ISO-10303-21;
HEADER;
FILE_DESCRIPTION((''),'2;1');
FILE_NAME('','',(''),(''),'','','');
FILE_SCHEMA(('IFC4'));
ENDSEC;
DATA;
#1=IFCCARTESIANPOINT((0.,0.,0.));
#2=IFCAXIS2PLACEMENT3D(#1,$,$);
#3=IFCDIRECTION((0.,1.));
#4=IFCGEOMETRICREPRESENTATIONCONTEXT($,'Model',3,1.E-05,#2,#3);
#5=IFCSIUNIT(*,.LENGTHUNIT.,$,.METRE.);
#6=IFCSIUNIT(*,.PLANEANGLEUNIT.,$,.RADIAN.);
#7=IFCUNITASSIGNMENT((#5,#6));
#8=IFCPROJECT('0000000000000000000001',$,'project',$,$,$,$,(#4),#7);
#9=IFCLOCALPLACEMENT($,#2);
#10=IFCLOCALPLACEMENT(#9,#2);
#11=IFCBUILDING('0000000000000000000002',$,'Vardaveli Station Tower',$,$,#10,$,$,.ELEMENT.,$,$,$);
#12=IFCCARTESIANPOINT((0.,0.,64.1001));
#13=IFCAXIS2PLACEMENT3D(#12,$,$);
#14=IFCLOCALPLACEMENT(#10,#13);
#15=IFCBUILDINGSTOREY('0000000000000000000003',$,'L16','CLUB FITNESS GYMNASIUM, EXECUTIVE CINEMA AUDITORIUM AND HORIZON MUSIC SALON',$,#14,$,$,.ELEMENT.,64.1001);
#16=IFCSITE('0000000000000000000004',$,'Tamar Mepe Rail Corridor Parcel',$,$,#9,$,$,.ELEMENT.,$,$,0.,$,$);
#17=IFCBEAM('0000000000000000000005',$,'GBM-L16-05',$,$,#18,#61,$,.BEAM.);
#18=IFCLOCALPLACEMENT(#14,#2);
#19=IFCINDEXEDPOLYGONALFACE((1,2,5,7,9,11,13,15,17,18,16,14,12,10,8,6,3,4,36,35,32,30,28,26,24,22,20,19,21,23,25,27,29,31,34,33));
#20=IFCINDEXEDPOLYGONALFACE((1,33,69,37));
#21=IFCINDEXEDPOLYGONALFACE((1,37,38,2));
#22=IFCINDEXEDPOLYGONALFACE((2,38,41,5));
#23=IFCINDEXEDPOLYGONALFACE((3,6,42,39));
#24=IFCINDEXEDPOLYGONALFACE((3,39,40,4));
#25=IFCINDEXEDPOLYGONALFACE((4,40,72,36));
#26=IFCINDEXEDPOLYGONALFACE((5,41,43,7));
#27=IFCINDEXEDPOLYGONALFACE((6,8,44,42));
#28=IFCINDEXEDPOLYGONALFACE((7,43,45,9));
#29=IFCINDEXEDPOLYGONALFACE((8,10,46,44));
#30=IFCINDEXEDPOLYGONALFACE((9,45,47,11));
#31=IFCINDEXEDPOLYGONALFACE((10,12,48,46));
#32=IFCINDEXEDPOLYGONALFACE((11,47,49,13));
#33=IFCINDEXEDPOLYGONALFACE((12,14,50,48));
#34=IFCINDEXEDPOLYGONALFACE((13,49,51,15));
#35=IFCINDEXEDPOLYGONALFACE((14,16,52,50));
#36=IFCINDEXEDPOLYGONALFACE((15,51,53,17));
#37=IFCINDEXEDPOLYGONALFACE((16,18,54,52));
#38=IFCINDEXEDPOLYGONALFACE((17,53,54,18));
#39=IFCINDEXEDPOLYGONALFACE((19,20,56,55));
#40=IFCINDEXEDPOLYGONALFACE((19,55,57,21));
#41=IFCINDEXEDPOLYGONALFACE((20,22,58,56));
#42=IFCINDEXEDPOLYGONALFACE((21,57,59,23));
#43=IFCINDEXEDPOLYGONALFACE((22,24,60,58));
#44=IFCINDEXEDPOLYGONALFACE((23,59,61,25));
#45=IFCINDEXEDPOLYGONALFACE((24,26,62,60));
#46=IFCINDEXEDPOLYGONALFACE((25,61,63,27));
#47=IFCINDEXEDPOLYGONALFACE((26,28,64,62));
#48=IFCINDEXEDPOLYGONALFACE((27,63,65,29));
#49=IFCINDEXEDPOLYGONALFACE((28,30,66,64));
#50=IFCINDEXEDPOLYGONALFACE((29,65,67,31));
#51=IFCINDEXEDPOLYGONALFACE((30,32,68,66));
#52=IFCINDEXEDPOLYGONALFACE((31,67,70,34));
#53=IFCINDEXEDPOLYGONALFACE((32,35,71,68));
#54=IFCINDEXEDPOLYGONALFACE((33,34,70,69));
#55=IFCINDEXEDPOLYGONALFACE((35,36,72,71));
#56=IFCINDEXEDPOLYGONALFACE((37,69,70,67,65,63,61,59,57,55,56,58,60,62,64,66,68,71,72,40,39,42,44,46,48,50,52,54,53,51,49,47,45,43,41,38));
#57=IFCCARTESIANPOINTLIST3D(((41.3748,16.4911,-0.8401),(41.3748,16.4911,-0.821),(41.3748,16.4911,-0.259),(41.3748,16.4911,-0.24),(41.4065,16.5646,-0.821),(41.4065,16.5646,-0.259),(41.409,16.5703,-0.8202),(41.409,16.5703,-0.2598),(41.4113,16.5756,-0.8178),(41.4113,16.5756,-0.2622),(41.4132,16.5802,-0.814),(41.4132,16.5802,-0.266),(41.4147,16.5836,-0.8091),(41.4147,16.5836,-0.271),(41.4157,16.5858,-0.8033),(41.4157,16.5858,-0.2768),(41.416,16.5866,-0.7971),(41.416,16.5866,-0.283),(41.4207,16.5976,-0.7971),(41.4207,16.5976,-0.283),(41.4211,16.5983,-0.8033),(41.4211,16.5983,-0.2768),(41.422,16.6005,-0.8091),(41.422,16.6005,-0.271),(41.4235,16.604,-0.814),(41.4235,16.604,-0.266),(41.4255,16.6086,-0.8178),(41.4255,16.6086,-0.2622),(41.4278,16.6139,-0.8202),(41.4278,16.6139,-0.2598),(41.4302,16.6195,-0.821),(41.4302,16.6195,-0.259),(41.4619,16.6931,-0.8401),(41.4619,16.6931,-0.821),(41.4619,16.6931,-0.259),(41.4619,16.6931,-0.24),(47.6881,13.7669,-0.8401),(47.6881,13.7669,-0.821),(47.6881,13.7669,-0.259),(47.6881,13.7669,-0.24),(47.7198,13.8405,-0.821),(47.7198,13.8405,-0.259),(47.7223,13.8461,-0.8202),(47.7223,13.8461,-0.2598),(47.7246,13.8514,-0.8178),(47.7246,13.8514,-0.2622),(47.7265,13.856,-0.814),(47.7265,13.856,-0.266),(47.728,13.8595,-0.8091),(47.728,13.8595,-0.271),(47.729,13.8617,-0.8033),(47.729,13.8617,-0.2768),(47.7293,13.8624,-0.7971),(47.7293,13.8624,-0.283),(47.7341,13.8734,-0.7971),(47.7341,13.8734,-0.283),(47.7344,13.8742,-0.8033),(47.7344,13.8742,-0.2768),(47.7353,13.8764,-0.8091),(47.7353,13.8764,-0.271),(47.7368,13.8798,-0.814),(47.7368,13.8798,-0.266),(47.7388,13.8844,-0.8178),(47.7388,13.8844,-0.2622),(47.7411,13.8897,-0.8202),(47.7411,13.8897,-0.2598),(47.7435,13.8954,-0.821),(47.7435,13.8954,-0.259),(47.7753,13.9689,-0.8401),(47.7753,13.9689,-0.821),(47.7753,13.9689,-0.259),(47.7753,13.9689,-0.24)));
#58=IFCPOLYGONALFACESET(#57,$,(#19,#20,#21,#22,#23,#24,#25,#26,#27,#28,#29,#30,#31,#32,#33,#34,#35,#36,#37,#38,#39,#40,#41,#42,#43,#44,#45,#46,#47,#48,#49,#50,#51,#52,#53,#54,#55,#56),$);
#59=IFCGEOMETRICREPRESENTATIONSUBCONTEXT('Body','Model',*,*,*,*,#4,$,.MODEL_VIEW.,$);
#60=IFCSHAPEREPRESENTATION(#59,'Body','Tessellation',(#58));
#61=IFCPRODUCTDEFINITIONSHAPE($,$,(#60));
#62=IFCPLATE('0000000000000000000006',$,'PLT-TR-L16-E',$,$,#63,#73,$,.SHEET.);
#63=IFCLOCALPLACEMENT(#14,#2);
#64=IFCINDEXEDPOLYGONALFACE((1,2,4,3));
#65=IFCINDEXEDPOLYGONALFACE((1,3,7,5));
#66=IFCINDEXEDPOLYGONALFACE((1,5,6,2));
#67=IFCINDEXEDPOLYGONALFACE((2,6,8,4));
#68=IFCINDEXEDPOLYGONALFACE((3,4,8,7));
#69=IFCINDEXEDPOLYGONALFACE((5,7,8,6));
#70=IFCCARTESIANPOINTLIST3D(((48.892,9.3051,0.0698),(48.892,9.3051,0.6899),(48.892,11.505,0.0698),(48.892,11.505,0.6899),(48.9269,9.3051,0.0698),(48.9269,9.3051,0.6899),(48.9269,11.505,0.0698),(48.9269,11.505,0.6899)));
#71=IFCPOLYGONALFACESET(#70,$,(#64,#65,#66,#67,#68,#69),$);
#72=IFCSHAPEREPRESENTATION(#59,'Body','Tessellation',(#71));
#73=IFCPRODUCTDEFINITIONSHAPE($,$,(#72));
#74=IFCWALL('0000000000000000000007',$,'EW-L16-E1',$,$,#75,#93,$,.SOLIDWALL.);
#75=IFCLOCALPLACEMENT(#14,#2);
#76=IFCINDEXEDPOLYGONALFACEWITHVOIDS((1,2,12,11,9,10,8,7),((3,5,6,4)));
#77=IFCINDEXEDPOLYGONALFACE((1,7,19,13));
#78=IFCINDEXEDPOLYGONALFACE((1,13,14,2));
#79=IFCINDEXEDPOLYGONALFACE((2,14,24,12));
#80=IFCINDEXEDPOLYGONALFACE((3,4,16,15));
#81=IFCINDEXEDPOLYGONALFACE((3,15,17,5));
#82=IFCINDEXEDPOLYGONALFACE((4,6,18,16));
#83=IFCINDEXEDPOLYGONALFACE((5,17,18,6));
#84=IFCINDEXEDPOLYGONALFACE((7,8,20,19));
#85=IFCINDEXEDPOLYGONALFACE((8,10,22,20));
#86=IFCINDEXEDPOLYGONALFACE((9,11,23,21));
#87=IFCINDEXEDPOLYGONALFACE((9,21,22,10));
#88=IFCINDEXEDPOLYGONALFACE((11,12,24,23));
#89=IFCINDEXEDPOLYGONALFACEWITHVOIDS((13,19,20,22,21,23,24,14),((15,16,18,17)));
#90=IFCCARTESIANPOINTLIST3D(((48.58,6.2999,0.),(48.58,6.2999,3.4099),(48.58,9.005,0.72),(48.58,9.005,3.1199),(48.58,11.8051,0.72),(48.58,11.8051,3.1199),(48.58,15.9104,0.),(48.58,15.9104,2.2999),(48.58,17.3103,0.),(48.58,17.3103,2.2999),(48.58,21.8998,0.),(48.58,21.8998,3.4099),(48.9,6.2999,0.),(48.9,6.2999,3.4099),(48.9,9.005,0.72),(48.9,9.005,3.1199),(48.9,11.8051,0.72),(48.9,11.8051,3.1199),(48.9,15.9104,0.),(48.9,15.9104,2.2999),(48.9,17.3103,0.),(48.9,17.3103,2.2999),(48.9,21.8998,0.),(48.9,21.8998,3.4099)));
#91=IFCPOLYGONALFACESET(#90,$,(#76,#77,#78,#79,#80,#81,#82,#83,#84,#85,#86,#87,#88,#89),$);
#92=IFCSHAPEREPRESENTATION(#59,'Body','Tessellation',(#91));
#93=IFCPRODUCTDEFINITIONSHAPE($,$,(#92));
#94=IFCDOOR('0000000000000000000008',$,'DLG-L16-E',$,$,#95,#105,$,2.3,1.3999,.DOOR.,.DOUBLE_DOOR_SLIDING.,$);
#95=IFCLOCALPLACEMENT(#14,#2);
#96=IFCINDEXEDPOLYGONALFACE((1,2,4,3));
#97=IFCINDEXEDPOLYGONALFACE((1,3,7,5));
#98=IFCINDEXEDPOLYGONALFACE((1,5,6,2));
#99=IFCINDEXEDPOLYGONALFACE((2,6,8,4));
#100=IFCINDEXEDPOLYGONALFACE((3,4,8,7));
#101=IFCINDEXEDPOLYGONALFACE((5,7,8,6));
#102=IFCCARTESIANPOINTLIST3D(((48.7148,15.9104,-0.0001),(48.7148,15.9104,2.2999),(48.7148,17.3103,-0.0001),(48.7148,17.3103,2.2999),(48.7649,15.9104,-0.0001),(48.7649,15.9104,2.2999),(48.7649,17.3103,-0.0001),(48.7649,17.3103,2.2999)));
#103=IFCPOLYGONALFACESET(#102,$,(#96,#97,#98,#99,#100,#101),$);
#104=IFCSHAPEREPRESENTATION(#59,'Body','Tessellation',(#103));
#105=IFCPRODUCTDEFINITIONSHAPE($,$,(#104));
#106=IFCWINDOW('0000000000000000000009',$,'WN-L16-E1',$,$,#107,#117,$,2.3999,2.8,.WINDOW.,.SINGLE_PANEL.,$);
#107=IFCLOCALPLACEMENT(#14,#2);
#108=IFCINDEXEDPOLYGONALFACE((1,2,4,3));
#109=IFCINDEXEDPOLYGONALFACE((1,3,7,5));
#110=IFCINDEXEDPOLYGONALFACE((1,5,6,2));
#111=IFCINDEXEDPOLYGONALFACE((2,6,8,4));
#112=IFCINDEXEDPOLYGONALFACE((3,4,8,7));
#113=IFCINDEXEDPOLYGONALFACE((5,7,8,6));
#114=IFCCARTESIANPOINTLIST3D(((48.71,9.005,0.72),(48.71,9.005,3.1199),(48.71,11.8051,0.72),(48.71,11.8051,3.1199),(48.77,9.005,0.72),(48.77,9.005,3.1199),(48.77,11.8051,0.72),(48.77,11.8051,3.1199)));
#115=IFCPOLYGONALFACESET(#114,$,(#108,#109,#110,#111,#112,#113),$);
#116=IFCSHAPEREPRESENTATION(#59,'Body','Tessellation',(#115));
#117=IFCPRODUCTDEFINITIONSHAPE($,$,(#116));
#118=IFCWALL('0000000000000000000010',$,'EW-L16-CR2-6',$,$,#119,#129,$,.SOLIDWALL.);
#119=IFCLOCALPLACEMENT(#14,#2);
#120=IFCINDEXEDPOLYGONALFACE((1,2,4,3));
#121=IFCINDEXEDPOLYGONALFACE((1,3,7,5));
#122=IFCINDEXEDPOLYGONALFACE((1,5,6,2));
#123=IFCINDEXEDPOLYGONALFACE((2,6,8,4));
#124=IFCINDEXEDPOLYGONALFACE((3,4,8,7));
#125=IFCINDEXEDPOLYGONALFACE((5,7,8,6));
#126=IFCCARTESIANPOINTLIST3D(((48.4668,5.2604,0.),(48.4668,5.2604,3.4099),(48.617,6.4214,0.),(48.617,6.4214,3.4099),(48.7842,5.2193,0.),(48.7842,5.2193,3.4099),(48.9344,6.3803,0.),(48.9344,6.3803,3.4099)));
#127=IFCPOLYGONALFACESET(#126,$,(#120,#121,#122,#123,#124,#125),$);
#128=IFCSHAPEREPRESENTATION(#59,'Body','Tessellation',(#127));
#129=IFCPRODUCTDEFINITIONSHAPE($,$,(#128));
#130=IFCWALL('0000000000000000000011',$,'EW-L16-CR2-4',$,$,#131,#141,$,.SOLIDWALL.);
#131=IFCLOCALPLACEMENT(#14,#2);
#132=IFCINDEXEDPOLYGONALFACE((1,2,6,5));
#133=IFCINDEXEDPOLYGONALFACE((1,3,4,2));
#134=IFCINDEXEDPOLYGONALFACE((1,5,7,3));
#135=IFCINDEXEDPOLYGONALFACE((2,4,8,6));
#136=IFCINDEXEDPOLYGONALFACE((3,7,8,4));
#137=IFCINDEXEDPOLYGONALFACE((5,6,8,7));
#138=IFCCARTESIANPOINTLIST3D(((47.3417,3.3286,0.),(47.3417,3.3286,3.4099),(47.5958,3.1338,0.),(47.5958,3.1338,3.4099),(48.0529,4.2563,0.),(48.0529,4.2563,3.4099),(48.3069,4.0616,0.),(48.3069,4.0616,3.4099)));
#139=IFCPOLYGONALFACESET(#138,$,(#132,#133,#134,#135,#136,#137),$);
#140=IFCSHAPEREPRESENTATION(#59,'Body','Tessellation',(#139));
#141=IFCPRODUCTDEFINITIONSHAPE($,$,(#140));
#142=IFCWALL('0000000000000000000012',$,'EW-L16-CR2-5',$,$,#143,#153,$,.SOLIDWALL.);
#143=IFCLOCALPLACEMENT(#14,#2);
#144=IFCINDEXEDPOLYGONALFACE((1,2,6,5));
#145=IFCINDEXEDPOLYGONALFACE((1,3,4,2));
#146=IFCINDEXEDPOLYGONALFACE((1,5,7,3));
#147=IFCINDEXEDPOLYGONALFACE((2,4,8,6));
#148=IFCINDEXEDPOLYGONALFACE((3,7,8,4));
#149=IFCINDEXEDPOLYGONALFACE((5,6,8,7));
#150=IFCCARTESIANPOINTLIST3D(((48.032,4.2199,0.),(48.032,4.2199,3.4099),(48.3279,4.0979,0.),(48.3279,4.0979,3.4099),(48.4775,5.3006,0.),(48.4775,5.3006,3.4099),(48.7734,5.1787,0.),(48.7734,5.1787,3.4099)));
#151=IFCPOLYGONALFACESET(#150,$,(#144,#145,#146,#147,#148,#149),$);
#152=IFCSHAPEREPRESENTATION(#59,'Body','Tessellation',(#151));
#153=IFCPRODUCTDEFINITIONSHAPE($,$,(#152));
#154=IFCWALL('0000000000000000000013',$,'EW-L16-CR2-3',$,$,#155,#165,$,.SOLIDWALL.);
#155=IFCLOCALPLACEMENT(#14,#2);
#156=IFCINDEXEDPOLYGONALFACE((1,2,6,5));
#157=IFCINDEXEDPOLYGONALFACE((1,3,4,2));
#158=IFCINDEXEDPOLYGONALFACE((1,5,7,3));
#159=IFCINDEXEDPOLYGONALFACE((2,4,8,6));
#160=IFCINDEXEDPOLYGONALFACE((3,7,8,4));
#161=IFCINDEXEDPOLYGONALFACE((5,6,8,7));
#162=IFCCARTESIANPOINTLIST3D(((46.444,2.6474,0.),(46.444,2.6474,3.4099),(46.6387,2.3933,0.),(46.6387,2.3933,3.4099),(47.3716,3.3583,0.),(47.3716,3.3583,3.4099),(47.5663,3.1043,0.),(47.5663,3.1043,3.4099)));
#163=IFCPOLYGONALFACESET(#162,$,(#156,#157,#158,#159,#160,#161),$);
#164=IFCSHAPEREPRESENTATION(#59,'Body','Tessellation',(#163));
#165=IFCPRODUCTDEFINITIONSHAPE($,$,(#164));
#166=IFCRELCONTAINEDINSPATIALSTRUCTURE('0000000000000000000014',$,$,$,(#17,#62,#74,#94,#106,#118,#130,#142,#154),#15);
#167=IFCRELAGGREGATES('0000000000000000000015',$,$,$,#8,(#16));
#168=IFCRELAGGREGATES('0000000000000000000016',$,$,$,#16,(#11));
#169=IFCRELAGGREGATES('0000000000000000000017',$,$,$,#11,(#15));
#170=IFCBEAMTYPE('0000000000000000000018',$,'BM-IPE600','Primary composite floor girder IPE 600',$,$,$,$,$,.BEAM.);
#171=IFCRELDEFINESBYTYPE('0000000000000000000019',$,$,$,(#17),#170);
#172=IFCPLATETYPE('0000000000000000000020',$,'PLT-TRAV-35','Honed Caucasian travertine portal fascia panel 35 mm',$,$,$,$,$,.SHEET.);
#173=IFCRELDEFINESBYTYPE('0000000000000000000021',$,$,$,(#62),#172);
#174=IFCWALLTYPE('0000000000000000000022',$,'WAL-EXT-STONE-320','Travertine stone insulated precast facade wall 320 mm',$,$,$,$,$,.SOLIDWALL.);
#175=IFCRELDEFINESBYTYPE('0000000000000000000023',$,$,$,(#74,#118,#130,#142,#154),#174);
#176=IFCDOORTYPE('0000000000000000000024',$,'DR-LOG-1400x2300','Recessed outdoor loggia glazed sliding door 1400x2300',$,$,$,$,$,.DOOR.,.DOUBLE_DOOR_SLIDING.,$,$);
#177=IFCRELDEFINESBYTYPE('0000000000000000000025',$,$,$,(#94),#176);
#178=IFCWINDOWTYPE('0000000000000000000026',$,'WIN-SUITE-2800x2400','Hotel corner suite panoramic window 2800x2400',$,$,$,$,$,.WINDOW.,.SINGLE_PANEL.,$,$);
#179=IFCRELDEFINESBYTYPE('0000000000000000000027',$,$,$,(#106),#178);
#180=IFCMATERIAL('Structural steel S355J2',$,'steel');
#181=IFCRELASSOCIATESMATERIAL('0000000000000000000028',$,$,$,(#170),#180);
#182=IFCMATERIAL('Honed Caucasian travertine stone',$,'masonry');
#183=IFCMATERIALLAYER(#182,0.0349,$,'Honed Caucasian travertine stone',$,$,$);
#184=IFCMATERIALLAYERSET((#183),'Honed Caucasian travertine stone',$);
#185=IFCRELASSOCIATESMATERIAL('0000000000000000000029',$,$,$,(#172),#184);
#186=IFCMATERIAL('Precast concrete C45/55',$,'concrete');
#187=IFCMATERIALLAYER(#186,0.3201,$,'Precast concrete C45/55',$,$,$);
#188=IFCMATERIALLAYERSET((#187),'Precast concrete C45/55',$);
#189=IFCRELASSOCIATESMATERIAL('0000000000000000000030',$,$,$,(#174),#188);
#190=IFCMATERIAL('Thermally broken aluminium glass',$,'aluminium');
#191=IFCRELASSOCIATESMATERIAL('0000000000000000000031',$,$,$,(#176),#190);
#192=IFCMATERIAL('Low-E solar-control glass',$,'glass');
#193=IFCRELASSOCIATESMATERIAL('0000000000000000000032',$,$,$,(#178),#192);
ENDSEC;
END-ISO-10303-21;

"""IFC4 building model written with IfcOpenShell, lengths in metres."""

from ifc_helpers import new_model, si_unit, direction, frame, frame_2d, origin, origin_2d, place, context, subcontext, project, spatial, rectangle, i_section, extrude, source, transform, mapped, material, layer, layer_set, material_profile, profile_set, type_object, element, fill, save


model = new_model("IFC4")

# Units and contexts
model_context = context("Model", 3, precision=1e-05, world=origin(), true_north=direction((0.0, 1.0)))
body_context = subcontext(model_context, "Body", "Model", "MODEL_VIEW")
ifc_project = project(units=[si_unit("LENGTHUNIT", "METRE"), si_unit("PLANEANGLEUNIT", "RADIAN")], contexts=[model_context])

# Site, building, storey
site_placement = place(None, origin())
site = spatial("IfcSite", under=ifc_project, at=site_placement, Name="Tamar Mepe Rail Corridor Parcel", CompositionType="ELEMENT", RefElevation=0.0)
building_placement = place(site_placement, origin())
building = spatial("IfcBuilding", under=site, at=building_placement, Name="Vardaveli Station Tower", CompositionType="ELEMENT")
storey_placement = place(building_placement, frame((0.0, 0.0, 64.1001)))
storey = spatial("IfcBuildingStorey", under=building, at=storey_placement, Name="L16", Description="CLUB FITNESS GYMNASIUM, EXECUTIVE CINEMA AUDITORIUM AND HORIZON MUSIC SALON", CompositionType="ELEMENT", Elevation=64.1001)

# Beam
ifc_material_1 = material(Name="Precast concrete C45/55", Category="concrete")
ifc_material_2 = material(Name="Structural steel S355J2", Category="steel")
ifc_material_profile_1 = material_profile(ifc_material_2, i_section(OverallWidth=0.22, OverallDepth=0.6001, WebThickness=0.012, FlangeThickness=0.019, FilletRadius=0.0239, at=origin_2d()), Name="IPE 600")
ifc_profile_set_1 = profile_set([ifc_material_profile_1], Name="Structural steel S355J2")
beam_type_1 = type_object("IfcBeamType", Name="BM-IPE600", Description="Primary composite floor girder IPE 600", PredefinedType="BEAM", material=ifc_profile_set_1)
shared_shape_1 = source(origin(), body_context, "Body", "SweptSolid", [
    extrude(i_section(OverallWidth=0.22, OverallDepth=0.6001, WebThickness=0.012, FlangeThickness=0.019, FilletRadius=0.0239, at=origin_2d()), origin(), (0.0, 0.0, 1.0), 6.876),
])
beam_1_placement = place(storey_placement, frame((47.7317, 13.8679, -0.54), z_axis=(-0.918171, 0.396185, 0.0), x_axis=(-0.396185, -0.918171, 0.0)))
element("IfcBeam", 1, at=beam_1_placement, inside=storey, type_object=beam_type_1, Name="GBM-L16-05", PredefinedType="BEAM", context=body_context, shape_type="MappedRepresentation", body=[
    mapped(shared_shape_1, transform((0.0, 0.0, 0.0), scale=1.0)),
])

# Plate
ifc_material_3 = material(Name="Honed Caucasian travertine stone", Category="masonry")
ifc_layer_1 = layer(ifc_material_3, 0.0349, Name="Honed Caucasian travertine stone")
ifc_layer_set_1 = layer_set([ifc_layer_1], Name="Honed Caucasian travertine stone")
plate_type = type_object("IfcPlateType", Name="PLT-TRAV-35", Description="Honed Caucasian travertine portal fascia panel 35 mm", PredefinedType="SHEET", material=ifc_layer_set_1)
shared_shape_2 = source(origin(), body_context, "Body", "SweptSolid", [
    extrude(rectangle(XDim=2.2, YDim=0.0349, at=origin_2d()), origin(), (0.0, 0.0, 1.0), 0.6201),
])
plate_placement = place(storey_placement, frame((48.9094, 10.405, 0.0698), z_axis=(0.0, 0.0, 1.0), x_axis=(0.0, 1.0, 0.0)))
element("IfcPlate", 2, at=plate_placement, inside=storey, type_object=plate_type, Name="PLT-TR-L16-E", PredefinedType="SHEET", context=body_context, shape_type="MappedRepresentation", body=[
    mapped(shared_shape_2, transform((0.0, 0.0, 0.0), scale=1.0)),
])

# Wall, openings, door, window
ifc_layer_2 = layer(ifc_material_1, 0.3201, Name="Precast concrete C45/55")
ifc_layer_set_2 = layer_set([ifc_layer_2], Name="Precast concrete C45/55")
wall_type_1 = type_object("IfcWallType", Name="WAL-EXT-STONE-320", Description="Travertine stone insulated precast facade wall 320 mm", PredefinedType="SOLIDWALL", material=ifc_layer_set_2)
shared_shape_3 = source(origin(), body_context, "Body", "SweptSolid", [
    extrude(rectangle(XDim=15.5999, YDim=0.3201, at=frame_2d((7.7998, 0.0))), origin(), (0.0, 0.0, 1.0), 3.4099),
])
wall_1_placement = place(storey_placement, frame((48.74, 6.3, 0.0), z_axis=(0.0, 0.0, 1.0), x_axis=(0.0, 1.0, 0.0)))
wall_1 = element("IfcWall", 3, at=wall_1_placement, inside=storey, type_object=wall_type_1, Name="EW-L16-E1", PredefinedType="SOLIDWALL", context=body_context, shape_type="MappedRepresentation", body=[
    mapped(shared_shape_3, transform((0.0, 0.0, 0.0), scale=1.0)),
])
shared_shape_4 = source(origin(), body_context, "Body", "SweptSolid", [
    extrude(rectangle(XDim=1.3999, YDim=2.3, at=frame_2d((0.7, 1.1499))), frame((0.0, 0.1699, 0.0), z_axis=(0.0, -1.0, 0.0), x_axis=(1.0, 0.0, 0.0)), (0.0, 0.0, 1.0), 0.3401),
])
opening_1_placement = place(wall_1_placement, frame((9.6104, 0.0, 0.0)))
opening_1 = element("IfcOpeningElement", 4, at=opening_1_placement, cuts=wall_1, PredefinedType="OPENING", context=body_context, shape_type="MappedRepresentation", body=[
    mapped(shared_shape_4, transform((0.0, 0.0, 0.0), scale=1.0)),
])
shared_shape_5 = source(origin(), body_context, "Body", "SweptSolid", [
    extrude(rectangle(XDim=2.8, YDim=2.3999, at=frame_2d((1.3999, 1.2))), frame((0.0, 0.1699, 0.0), z_axis=(0.0, -1.0, 0.0), x_axis=(1.0, 0.0, 0.0)), (0.0, 0.0, 1.0), 0.3401),
])
opening_2_placement = place(wall_1_placement, frame((2.7051, 0.0, 0.72)))
opening_2 = element("IfcOpeningElement", 5, at=opening_2_placement, cuts=wall_1, PredefinedType="OPENING", context=body_context, shape_type="MappedRepresentation", body=[
    mapped(shared_shape_5, transform((0.0, 0.0, 0.0), scale=1.0)),
])
ifc_material_4 = material(Name="Thermally broken aluminium glass", Category="aluminium")
door_type_1 = type_object("IfcDoorType", Name="DR-LOG-1400x2300", Description="Recessed outdoor loggia glazed sliding door 1400x2300", OperationType="DOUBLE_DOOR_SLIDING", PredefinedType="DOOR", material=ifc_material_4)
shared_shape_6 = source(origin(), body_context, "Body", "SweptSolid", [
    extrude(rectangle(XDim=1.3999, YDim=2.3, at=frame_2d((0.7, 1.1499))), frame((0.0, 0.0249, 0.0), z_axis=(0.0, -1.0, 0.0), x_axis=(1.0, 0.0, 0.0)), (0.0, 0.0, 1.0), 0.05),
])
door_1_placement = place(opening_1_placement, frame((1.3999, 0.0, 0.0), z_axis=(0.0, 0.0, 1.0), x_axis=(-1.0, 0.0, 0.0)))
door_1 = element("IfcDoor", 6, at=door_1_placement, inside=storey, type_object=door_type_1, Name="DLG-L16-E", OperationType="DOUBLE_DOOR_SLIDING", OverallHeight=2.3, OverallWidth=1.3999, PredefinedType="DOOR", context=body_context, shape_type="MappedRepresentation", body=[
    mapped(shared_shape_6, transform((0.0, 0.0, 0.0), scale=1.0)),
])
fill(opening_1, door_1)
ifc_material_5 = material(Name="Low-E solar-control glass", Category="glass")
window_type = type_object("IfcWindowType", Name="WIN-SUITE-2800x2400", Description="Hotel corner suite panoramic window 2800x2400", PartitioningType="SINGLE_PANEL", PredefinedType="WINDOW", material=ifc_material_5)
shared_shape_7 = source(origin(), body_context, "Body", "SweptSolid", [
    extrude(rectangle(XDim=2.8, YDim=2.3999, at=frame_2d((1.3999, 1.2))), frame((0.0, 0.03, 0.0), z_axis=(0.0, -1.0, 0.0), x_axis=(1.0, 0.0, 0.0)), (0.0, 0.0, 1.0), 0.0601),
])
window_placement = place(opening_2_placement, origin())
window = element("IfcWindow", 7, at=window_placement, inside=storey, type_object=window_type, Name="WN-L16-E1", OverallHeight=2.3999, OverallWidth=2.8, PartitioningType="SINGLE_PANEL", PredefinedType="WINDOW", context=body_context, shape_type="MappedRepresentation", body=[
    mapped(shared_shape_7, transform((0.0, 0.0, 0.0), scale=1.0)),
])
fill(opening_2, window)

# Walls
shared_shape_8 = source(origin(), body_context, "Body", "SweptSolid", [
    extrude(rectangle(XDim=1.1707, YDim=0.3201, at=frame_2d((0.5854, 0.0))), origin(), (0.0, 0.0, 1.0), 3.4099),
])
wall_2_placement = place(storey_placement, frame((48.6255, 5.2397, 0.0), z_axis=(0.0, 0.0, 1.0), x_axis=(0.128269, 0.991739, 0.0)))
element("IfcWall", 8, at=wall_2_placement, inside=storey, type_object=wall_type_1, Name="EW-L16-CR2-6", PredefinedType="SOLIDWALL", context=body_context, shape_type="MappedRepresentation", body=[
    mapped(shared_shape_8, transform((0.0, 0.0, 0.0), scale=1.0)),
])
shared_shape_9 = source(origin(), body_context, "Body", "SweptSolid", [
    extrude(rectangle(XDim=1.1689, YDim=0.3201, at=frame_2d((0.5845, 0.0))), origin(), (0.0, 0.0, 1.0), 3.4099),
])
for number, where, z_axis, x_axis, name in (
    (9, (47.4688, 3.2312, 0.0), (0.0, 0.0, 1.0), (0.608388, 0.79364, 0.0), "EW-L16-CR2-4"),
    (10, (48.1799, 4.1589, 0.0), (0.0, 0.0, 1.0), (0.381128, 0.924522, 0.0), "EW-L16-CR2-5"),
):
    element("IfcWall", number, at=place(storey_placement, frame(where, z_axis=z_axis, x_axis=x_axis)), inside=storey, type_object=wall_type_1, Name=name, PredefinedType="SOLIDWALL", context=body_context, shape_type="MappedRepresentation", body=[
        mapped(shared_shape_9, transform((0.0, 0.0, 0.0), scale=1.0)),
    ])
shared_shape_10 = source(origin(), body_context, "Body", "SweptSolid", [
    extrude(rectangle(XDim=1.1687, YDim=0.3201, at=frame_2d((0.5845, 0.0))), origin(), (0.0, 0.0, 1.0), 3.4099),
])
wall_3_placement = place(storey_placement, frame((46.5413, 2.5203, 0.0), z_axis=(0.0, 0.0, 1.0), x_axis=(0.793664, 0.608357, 0.0)))
element("IfcWall", 11, at=wall_3_placement, inside=storey, type_object=wall_type_1, Name="EW-L16-CR2-3", PredefinedType="SOLIDWALL", context=body_context, shape_type="MappedRepresentation", body=[
    mapped(shared_shape_10, transform((0.0, 0.0, 0.0), scale=1.0)),
])

save(model, "model.ifc")
